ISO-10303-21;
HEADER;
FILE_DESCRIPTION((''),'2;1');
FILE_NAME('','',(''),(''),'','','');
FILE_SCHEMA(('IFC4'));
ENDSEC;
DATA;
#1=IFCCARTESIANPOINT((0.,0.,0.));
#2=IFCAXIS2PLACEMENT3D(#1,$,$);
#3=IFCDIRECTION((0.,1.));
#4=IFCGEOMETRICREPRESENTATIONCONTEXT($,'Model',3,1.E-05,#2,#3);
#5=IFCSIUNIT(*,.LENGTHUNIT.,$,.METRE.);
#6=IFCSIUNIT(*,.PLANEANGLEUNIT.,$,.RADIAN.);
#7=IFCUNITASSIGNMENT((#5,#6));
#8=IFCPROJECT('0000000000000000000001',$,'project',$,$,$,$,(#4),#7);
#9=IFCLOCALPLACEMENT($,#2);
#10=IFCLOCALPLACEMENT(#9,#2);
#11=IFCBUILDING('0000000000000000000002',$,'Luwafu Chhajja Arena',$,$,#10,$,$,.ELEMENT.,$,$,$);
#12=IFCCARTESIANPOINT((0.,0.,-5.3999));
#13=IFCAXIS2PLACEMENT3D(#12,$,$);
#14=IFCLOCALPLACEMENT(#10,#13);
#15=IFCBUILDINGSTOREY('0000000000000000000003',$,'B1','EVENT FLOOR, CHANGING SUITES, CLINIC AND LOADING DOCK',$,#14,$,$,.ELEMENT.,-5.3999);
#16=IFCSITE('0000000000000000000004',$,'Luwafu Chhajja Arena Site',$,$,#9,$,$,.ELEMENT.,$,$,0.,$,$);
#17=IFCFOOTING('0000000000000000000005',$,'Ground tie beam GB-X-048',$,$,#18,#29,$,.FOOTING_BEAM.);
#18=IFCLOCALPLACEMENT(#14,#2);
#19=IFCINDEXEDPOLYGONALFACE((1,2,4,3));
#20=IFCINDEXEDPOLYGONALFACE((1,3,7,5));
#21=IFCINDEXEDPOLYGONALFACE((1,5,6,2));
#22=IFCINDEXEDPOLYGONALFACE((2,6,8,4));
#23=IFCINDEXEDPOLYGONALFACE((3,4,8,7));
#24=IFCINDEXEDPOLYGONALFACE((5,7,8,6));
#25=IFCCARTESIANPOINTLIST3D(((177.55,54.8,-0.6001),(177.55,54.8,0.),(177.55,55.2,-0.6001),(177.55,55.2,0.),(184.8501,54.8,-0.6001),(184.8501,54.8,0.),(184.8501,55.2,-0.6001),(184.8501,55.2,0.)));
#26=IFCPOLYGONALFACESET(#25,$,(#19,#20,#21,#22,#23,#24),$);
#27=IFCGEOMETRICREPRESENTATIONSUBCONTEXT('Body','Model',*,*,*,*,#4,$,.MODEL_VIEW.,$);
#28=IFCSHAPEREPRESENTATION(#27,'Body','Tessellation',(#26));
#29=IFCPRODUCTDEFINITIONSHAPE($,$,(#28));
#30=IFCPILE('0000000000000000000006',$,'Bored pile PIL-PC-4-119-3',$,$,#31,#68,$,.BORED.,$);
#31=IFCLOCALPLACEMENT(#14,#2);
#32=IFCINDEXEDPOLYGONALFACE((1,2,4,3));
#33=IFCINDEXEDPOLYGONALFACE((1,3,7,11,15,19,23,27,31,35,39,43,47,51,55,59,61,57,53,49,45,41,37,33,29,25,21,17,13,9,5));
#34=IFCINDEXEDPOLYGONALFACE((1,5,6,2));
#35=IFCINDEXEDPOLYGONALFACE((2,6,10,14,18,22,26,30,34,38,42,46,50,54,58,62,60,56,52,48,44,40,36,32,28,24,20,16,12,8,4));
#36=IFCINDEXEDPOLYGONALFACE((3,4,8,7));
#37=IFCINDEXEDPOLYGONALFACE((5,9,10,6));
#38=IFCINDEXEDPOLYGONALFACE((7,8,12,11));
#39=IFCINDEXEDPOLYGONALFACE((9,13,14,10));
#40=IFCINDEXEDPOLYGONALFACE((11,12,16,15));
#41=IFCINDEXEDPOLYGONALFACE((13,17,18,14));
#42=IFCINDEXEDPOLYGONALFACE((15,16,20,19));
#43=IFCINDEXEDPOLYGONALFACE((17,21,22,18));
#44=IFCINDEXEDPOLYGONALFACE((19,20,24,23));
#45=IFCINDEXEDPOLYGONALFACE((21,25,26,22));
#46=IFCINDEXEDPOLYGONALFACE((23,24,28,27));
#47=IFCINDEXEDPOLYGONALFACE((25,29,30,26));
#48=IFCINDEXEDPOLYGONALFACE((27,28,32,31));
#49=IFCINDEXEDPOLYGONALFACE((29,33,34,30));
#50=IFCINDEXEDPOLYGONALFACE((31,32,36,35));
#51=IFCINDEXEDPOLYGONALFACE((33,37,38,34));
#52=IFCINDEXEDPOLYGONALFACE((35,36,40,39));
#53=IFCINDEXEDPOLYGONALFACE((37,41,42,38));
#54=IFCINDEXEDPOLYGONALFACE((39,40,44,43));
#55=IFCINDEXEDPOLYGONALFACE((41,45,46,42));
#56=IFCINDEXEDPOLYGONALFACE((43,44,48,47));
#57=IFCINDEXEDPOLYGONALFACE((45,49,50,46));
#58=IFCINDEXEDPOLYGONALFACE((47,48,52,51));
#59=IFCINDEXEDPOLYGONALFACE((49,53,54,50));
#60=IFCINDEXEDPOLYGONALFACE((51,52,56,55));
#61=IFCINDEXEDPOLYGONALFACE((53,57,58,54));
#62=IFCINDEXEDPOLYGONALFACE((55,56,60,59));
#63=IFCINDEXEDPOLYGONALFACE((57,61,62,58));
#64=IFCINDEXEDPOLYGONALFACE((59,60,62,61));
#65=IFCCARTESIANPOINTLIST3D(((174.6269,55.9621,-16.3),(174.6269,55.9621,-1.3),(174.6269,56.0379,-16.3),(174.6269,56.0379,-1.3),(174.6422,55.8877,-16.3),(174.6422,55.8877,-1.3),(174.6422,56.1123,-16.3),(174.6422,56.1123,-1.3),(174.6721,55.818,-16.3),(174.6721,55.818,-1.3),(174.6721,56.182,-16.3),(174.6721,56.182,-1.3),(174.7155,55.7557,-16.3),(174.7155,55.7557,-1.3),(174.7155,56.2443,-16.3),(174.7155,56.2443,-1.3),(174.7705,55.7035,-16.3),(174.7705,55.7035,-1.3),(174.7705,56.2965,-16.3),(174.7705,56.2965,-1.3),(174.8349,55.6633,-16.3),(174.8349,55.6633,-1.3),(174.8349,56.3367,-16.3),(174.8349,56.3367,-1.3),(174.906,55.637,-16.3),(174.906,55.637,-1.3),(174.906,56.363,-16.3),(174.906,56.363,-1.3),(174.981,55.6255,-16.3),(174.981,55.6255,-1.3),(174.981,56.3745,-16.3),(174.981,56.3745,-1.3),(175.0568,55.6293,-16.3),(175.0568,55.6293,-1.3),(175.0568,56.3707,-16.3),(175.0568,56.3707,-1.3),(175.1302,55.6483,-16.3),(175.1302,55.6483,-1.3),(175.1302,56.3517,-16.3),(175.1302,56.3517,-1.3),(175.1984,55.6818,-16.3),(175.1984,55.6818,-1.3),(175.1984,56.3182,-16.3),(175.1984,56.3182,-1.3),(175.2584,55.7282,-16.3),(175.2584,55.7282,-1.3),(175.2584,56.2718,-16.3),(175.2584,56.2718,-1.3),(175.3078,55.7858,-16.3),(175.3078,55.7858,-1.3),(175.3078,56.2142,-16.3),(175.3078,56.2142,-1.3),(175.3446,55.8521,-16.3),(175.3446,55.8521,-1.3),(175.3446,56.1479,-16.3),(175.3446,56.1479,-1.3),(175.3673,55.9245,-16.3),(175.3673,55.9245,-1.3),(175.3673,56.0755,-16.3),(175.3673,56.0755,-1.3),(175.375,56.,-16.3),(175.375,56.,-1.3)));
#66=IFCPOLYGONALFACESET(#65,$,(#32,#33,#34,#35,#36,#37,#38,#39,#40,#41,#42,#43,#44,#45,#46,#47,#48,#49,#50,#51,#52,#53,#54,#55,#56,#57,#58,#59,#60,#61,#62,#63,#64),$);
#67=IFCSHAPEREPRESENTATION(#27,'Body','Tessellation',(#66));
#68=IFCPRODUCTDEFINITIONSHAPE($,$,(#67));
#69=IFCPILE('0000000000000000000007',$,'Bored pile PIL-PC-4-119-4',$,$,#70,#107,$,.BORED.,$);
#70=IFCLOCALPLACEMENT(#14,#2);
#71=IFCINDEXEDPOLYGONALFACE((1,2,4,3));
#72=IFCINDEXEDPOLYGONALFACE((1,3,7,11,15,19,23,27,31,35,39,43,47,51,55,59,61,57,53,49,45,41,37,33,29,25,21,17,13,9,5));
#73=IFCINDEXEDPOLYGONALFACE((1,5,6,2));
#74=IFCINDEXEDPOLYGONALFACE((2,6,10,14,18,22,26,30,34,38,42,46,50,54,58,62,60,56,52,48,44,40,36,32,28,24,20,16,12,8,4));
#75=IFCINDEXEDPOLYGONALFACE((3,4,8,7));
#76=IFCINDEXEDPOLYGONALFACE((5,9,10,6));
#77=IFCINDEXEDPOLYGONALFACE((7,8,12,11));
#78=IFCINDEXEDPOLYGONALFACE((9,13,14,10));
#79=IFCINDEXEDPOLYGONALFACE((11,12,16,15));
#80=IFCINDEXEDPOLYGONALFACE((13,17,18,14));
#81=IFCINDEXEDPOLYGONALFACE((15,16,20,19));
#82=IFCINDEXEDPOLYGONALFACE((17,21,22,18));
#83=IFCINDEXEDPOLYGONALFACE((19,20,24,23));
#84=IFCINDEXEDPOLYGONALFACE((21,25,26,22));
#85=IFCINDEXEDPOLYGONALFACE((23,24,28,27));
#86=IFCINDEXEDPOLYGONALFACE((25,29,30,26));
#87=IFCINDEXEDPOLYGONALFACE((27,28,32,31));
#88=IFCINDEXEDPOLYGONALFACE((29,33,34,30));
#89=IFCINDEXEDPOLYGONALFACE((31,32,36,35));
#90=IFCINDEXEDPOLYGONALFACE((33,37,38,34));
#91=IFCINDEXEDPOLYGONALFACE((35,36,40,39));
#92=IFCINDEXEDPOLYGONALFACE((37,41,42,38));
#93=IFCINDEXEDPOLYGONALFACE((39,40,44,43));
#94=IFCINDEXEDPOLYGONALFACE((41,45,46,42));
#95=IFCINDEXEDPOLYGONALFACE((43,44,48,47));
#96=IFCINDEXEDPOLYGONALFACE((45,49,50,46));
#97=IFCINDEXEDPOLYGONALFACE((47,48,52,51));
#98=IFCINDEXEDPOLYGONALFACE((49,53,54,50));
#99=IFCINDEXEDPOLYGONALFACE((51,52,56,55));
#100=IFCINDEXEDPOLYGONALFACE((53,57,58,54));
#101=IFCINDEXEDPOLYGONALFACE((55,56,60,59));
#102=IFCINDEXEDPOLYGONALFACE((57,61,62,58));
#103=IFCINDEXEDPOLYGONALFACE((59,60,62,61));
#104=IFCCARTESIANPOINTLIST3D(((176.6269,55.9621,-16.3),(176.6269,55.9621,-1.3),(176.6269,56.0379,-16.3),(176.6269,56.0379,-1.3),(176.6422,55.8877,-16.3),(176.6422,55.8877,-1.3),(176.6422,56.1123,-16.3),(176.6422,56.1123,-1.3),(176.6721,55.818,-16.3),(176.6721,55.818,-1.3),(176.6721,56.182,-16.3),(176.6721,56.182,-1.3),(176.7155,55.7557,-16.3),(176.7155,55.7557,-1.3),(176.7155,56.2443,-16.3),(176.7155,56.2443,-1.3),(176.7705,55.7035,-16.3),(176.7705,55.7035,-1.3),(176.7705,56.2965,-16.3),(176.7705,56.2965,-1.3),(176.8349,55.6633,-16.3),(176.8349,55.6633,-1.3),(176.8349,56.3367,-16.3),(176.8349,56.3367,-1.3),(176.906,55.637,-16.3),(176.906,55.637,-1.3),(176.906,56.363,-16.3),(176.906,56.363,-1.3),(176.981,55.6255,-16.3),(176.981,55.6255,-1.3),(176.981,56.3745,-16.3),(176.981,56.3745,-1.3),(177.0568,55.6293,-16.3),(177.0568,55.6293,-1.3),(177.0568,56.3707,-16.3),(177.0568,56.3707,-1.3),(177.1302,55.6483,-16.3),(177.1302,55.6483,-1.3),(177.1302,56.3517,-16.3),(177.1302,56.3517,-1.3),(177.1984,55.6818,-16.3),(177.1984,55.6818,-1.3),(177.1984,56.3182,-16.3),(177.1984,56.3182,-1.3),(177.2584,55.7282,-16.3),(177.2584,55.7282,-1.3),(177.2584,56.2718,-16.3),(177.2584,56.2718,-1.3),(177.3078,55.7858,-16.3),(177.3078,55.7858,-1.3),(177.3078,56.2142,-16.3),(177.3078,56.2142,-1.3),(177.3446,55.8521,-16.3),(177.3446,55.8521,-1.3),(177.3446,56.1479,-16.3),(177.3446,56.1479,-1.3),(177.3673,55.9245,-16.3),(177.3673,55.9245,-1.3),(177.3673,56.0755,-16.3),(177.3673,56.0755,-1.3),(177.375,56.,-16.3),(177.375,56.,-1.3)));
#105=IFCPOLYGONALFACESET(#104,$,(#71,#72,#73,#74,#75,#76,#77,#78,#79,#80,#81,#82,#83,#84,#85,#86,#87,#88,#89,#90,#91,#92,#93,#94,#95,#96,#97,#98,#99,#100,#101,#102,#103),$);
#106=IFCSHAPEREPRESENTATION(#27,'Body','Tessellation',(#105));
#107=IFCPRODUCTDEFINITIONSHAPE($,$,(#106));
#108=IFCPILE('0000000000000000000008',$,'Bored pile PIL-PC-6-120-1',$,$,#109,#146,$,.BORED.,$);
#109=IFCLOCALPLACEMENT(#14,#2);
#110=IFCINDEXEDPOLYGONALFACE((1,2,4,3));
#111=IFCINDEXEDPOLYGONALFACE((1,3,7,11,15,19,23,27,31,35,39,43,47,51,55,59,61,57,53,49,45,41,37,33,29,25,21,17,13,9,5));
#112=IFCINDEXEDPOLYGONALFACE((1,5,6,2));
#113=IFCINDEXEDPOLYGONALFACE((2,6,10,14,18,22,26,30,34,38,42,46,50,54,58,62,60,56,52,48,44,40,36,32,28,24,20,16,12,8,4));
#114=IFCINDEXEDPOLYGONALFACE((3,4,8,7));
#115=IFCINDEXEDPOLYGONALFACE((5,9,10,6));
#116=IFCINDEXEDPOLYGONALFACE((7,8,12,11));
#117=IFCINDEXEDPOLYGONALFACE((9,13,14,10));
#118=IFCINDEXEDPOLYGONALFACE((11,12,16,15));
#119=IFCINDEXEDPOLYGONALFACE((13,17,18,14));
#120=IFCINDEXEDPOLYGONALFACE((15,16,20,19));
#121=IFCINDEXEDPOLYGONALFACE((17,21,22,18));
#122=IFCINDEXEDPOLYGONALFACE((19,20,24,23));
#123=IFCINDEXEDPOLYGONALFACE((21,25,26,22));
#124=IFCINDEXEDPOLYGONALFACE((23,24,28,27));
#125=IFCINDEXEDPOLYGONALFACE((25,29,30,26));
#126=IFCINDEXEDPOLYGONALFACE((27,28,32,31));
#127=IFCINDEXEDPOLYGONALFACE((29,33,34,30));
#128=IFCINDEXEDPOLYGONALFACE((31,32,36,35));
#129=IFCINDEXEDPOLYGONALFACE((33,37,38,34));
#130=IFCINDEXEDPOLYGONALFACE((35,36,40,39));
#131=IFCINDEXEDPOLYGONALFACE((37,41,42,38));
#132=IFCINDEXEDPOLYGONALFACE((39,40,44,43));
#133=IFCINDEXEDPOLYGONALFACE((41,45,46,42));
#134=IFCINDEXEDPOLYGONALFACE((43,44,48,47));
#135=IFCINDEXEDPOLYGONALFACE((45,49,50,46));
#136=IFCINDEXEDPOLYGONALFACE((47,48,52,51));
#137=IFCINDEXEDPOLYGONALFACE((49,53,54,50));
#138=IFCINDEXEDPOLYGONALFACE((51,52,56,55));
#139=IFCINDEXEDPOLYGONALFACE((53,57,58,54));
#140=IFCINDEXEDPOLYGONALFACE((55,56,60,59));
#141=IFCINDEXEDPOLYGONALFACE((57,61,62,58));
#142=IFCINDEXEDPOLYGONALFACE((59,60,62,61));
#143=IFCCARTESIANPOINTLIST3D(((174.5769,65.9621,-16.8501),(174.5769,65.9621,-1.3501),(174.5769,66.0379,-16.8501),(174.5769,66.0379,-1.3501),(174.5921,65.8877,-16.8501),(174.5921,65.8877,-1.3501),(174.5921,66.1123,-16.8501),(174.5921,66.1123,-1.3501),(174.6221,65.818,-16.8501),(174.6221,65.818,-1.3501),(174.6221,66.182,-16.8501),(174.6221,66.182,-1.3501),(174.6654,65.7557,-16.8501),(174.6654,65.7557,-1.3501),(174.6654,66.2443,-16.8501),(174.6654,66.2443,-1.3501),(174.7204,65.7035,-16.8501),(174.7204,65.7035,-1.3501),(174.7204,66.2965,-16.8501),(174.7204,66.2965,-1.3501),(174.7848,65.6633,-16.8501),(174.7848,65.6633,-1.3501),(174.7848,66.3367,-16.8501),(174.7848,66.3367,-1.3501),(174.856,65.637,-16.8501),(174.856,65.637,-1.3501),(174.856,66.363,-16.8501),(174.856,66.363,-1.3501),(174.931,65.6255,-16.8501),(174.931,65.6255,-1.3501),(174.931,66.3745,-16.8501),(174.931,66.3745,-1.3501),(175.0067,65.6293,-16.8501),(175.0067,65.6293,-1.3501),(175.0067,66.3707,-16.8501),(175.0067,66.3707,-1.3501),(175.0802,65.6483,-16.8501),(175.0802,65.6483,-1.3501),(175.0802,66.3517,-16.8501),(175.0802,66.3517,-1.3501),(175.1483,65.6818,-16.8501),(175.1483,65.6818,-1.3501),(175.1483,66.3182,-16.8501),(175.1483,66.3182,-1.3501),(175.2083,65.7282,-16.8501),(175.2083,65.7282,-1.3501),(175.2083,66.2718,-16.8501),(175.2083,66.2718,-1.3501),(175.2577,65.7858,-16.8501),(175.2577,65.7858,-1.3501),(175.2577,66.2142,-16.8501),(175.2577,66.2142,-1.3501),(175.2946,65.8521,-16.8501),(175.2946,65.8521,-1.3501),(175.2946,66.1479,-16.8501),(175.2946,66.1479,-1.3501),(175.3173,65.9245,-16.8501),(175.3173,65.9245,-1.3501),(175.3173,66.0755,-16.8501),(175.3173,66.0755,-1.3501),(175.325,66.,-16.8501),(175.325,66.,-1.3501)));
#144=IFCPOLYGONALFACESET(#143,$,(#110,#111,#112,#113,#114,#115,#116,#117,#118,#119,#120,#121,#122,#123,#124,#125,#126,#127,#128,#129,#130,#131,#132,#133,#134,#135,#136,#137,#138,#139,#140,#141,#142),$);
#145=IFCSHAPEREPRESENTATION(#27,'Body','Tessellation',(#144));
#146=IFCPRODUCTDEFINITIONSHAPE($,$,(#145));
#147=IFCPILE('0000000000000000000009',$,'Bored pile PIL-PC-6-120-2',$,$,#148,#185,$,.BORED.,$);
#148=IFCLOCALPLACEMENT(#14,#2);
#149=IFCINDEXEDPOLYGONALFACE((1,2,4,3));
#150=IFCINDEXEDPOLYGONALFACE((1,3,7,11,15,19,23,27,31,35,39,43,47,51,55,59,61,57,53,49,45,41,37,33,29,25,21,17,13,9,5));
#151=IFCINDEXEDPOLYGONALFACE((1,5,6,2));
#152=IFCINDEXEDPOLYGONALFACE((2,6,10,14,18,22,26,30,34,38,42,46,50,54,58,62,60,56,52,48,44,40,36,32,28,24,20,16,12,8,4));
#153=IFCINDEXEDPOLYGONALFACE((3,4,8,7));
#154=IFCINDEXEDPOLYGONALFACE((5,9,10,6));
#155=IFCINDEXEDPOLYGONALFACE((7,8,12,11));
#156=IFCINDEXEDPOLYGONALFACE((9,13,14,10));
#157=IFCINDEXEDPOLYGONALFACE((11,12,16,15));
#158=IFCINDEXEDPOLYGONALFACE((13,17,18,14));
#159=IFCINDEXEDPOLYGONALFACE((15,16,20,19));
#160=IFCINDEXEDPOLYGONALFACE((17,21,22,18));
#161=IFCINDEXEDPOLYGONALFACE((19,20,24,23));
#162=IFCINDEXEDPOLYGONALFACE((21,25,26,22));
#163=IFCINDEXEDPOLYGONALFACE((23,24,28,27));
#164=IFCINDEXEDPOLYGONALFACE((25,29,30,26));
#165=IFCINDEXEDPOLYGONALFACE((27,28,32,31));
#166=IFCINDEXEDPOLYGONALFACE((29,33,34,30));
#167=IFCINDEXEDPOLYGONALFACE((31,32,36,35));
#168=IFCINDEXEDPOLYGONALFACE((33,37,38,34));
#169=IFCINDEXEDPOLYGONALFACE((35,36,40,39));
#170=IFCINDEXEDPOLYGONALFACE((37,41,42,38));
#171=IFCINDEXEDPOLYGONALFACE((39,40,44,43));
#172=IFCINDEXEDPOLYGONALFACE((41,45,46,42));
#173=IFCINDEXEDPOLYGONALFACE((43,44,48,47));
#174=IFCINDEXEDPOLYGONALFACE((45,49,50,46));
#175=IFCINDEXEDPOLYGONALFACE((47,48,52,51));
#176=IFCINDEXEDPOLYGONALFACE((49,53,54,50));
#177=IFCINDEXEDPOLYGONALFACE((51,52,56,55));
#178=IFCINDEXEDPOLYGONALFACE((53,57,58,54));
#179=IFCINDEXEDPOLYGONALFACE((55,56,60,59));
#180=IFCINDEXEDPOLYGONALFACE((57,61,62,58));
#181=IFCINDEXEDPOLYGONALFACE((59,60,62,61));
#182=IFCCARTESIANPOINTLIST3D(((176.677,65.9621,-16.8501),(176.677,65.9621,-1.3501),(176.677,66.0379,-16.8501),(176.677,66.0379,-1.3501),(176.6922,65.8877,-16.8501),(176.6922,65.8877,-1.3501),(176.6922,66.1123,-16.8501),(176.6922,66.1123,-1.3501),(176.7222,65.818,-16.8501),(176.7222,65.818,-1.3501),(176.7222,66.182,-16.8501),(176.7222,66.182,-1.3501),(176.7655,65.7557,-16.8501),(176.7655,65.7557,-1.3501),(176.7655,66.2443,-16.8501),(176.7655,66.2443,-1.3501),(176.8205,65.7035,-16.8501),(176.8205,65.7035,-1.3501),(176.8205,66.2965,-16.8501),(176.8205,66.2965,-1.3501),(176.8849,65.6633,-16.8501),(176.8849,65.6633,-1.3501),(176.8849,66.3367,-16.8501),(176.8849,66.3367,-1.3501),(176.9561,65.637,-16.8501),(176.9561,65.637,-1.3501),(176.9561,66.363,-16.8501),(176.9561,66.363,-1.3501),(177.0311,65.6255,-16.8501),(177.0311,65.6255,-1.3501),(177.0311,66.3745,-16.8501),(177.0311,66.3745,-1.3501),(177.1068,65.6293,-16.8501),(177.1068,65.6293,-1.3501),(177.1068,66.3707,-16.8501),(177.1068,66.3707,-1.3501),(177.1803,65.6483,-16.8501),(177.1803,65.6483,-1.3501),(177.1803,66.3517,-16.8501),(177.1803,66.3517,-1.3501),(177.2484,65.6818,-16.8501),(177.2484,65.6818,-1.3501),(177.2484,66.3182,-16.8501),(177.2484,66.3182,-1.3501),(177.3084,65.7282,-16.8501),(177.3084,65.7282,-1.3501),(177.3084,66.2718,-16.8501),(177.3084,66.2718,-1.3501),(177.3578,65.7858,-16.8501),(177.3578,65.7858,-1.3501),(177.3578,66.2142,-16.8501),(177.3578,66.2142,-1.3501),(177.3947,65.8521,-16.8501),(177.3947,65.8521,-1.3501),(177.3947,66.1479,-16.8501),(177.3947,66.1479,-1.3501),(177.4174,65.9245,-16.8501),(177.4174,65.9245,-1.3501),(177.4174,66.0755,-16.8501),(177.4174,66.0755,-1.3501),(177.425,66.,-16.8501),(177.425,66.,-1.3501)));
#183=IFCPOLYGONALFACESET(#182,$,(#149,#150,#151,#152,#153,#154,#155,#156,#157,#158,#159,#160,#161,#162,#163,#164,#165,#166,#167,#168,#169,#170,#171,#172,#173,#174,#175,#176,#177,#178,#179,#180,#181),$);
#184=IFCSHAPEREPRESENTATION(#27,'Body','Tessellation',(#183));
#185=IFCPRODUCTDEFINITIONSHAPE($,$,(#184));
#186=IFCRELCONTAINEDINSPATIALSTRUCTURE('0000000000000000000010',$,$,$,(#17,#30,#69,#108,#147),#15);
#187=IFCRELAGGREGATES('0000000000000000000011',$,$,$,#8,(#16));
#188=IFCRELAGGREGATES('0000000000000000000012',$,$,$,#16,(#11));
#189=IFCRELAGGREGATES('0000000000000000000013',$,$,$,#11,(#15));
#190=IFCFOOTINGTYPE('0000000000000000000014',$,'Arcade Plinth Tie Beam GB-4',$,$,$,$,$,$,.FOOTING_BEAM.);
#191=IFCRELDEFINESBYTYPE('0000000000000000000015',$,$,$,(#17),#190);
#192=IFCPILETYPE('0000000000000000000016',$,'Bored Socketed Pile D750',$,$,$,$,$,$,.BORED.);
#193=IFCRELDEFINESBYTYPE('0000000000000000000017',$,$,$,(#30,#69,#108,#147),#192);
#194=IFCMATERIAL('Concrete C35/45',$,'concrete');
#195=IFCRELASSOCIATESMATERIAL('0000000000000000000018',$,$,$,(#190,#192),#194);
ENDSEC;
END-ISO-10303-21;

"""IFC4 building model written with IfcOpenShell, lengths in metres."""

from ifc_helpers import new_model, si_unit, direction, frame, origin, origin_2d, place, context, subcontext, project, spatial, rectangle, circle, extrude, material, material_profile, profile_set, type_object, element, save


model = new_model("IFC4")

# Units and contexts
model_context = context("Model", 3, precision=1e-05, world=origin(), true_north=direction((0.0, 1.0)))
body_context = subcontext(model_context, "Body", "Model", "MODEL_VIEW")
ifc_project = project(units=[si_unit("LENGTHUNIT", "METRE"), si_unit("PLANEANGLEUNIT", "RADIAN")], contexts=[model_context])

# Site, building, storey
site_placement = place(None, origin())
site = spatial("IfcSite", under=ifc_project, at=site_placement, Name="Luwafu Chhajja Arena Site", CompositionType="ELEMENT", RefElevation=0.0)
building_placement = place(site_placement, origin())
building = spatial("IfcBuilding", under=site, at=building_placement, Name="Luwafu Chhajja Arena", CompositionType="ELEMENT")
storey_placement = place(building_placement, frame((0.0, 0.0, -5.3999)))
storey = spatial("IfcBuildingStorey", under=building, at=storey_placement, Name="B1", Description="EVENT FLOOR, CHANGING SUITES, CLINIC AND LOADING DOCK", CompositionType="ELEMENT", Elevation=-5.3999)

# Footing
ifc_material_1 = material(Name="Concrete C35/45", Category="concrete")
ifc_material_profile_1 = material_profile(ifc_material_1, rectangle(XDim=0.3999, YDim=0.6001, at=origin_2d()), Name="RC 400x600")
ifc_profile_set_1 = profile_set([ifc_material_profile_1], Name="Concrete C35/45")
footing_type_1 = type_object("IfcFootingType", Name="Arcade Plinth Tie Beam GB-4", PredefinedType="FOOTING_BEAM", material=ifc_profile_set_1)
footing_1_placement = place(storey_placement, frame((177.55, 55.0, -0.3), z_axis=(1.0, 0.0, 0.0), x_axis=(0.0, 1.0, 0.0)))
element("IfcFooting", 1, at=footing_1_placement, inside=storey, type_object=footing_type_1, Name="Ground tie beam GB-X-048", PredefinedType="FOOTING_BEAM", context=body_context, shape_type="SweptSolid", body=[
    extrude(rectangle(XDim=0.3999, YDim=0.6001, at=origin_2d()), origin(), (0.0, 0.0, 1.0), 7.3),
])

# Piles
ifc_material_profile_2 = material_profile(ifc_material_1, circle(Radius=0.375, at=origin_2d()), Name="PILE D750")
ifc_profile_set_2 = profile_set([ifc_material_profile_2], Name="Concrete C35/45")
pile_type_1 = type_object("IfcPileType", Name="Bored Socketed Pile D750", PredefinedType="BORED", material=ifc_profile_set_2)
for number, where, z_axis, x_axis, name in (
    (2, (175.0, 56.0, -1.3), (0.0, 0.0, -1.0), (1.0, 0.0, 0.0), "Bored pile PIL-PC-4-119-3"),
    (3, (177.0, 56.0, -1.3), (0.0, 0.0, -1.0), (1.0, 0.0, 0.0), "Bored pile PIL-PC-4-119-4"),
):
    element("IfcPile", number, at=place(storey_placement, frame(where, z_axis=z_axis, x_axis=x_axis)), inside=storey, type_object=pile_type_1, Name=name, PredefinedType="BORED", context=body_context, shape_type="SweptSolid", body=[
        extrude(circle(Radius=0.375, at=origin_2d()), origin(), (0.0, 0.0, 1.0), 15.0),
    ])
for number, where, z_axis, x_axis, name in (
    (4, (174.95, 66.0, -1.3501), (0.0, 0.0, -1.0), (1.0, 0.0, 0.0), "Bored pile PIL-PC-6-120-1"),
    (5, (177.05, 66.0, -1.3501), (0.0, 0.0, -1.0), (1.0, 0.0, 0.0), "Bored pile PIL-PC-6-120-2"),
):
    element("IfcPile", number, at=place(storey_placement, frame(where, z_axis=z_axis, x_axis=x_axis)), inside=storey, type_object=pile_type_1, Name=name, PredefinedType="BORED", context=body_context, shape_type="SweptSolid", body=[
        extrude(circle(Radius=0.375, at=origin_2d()), origin(), (0.0, 0.0, 1.0), 15.5),
    ])

save(model, "model.ifc")
